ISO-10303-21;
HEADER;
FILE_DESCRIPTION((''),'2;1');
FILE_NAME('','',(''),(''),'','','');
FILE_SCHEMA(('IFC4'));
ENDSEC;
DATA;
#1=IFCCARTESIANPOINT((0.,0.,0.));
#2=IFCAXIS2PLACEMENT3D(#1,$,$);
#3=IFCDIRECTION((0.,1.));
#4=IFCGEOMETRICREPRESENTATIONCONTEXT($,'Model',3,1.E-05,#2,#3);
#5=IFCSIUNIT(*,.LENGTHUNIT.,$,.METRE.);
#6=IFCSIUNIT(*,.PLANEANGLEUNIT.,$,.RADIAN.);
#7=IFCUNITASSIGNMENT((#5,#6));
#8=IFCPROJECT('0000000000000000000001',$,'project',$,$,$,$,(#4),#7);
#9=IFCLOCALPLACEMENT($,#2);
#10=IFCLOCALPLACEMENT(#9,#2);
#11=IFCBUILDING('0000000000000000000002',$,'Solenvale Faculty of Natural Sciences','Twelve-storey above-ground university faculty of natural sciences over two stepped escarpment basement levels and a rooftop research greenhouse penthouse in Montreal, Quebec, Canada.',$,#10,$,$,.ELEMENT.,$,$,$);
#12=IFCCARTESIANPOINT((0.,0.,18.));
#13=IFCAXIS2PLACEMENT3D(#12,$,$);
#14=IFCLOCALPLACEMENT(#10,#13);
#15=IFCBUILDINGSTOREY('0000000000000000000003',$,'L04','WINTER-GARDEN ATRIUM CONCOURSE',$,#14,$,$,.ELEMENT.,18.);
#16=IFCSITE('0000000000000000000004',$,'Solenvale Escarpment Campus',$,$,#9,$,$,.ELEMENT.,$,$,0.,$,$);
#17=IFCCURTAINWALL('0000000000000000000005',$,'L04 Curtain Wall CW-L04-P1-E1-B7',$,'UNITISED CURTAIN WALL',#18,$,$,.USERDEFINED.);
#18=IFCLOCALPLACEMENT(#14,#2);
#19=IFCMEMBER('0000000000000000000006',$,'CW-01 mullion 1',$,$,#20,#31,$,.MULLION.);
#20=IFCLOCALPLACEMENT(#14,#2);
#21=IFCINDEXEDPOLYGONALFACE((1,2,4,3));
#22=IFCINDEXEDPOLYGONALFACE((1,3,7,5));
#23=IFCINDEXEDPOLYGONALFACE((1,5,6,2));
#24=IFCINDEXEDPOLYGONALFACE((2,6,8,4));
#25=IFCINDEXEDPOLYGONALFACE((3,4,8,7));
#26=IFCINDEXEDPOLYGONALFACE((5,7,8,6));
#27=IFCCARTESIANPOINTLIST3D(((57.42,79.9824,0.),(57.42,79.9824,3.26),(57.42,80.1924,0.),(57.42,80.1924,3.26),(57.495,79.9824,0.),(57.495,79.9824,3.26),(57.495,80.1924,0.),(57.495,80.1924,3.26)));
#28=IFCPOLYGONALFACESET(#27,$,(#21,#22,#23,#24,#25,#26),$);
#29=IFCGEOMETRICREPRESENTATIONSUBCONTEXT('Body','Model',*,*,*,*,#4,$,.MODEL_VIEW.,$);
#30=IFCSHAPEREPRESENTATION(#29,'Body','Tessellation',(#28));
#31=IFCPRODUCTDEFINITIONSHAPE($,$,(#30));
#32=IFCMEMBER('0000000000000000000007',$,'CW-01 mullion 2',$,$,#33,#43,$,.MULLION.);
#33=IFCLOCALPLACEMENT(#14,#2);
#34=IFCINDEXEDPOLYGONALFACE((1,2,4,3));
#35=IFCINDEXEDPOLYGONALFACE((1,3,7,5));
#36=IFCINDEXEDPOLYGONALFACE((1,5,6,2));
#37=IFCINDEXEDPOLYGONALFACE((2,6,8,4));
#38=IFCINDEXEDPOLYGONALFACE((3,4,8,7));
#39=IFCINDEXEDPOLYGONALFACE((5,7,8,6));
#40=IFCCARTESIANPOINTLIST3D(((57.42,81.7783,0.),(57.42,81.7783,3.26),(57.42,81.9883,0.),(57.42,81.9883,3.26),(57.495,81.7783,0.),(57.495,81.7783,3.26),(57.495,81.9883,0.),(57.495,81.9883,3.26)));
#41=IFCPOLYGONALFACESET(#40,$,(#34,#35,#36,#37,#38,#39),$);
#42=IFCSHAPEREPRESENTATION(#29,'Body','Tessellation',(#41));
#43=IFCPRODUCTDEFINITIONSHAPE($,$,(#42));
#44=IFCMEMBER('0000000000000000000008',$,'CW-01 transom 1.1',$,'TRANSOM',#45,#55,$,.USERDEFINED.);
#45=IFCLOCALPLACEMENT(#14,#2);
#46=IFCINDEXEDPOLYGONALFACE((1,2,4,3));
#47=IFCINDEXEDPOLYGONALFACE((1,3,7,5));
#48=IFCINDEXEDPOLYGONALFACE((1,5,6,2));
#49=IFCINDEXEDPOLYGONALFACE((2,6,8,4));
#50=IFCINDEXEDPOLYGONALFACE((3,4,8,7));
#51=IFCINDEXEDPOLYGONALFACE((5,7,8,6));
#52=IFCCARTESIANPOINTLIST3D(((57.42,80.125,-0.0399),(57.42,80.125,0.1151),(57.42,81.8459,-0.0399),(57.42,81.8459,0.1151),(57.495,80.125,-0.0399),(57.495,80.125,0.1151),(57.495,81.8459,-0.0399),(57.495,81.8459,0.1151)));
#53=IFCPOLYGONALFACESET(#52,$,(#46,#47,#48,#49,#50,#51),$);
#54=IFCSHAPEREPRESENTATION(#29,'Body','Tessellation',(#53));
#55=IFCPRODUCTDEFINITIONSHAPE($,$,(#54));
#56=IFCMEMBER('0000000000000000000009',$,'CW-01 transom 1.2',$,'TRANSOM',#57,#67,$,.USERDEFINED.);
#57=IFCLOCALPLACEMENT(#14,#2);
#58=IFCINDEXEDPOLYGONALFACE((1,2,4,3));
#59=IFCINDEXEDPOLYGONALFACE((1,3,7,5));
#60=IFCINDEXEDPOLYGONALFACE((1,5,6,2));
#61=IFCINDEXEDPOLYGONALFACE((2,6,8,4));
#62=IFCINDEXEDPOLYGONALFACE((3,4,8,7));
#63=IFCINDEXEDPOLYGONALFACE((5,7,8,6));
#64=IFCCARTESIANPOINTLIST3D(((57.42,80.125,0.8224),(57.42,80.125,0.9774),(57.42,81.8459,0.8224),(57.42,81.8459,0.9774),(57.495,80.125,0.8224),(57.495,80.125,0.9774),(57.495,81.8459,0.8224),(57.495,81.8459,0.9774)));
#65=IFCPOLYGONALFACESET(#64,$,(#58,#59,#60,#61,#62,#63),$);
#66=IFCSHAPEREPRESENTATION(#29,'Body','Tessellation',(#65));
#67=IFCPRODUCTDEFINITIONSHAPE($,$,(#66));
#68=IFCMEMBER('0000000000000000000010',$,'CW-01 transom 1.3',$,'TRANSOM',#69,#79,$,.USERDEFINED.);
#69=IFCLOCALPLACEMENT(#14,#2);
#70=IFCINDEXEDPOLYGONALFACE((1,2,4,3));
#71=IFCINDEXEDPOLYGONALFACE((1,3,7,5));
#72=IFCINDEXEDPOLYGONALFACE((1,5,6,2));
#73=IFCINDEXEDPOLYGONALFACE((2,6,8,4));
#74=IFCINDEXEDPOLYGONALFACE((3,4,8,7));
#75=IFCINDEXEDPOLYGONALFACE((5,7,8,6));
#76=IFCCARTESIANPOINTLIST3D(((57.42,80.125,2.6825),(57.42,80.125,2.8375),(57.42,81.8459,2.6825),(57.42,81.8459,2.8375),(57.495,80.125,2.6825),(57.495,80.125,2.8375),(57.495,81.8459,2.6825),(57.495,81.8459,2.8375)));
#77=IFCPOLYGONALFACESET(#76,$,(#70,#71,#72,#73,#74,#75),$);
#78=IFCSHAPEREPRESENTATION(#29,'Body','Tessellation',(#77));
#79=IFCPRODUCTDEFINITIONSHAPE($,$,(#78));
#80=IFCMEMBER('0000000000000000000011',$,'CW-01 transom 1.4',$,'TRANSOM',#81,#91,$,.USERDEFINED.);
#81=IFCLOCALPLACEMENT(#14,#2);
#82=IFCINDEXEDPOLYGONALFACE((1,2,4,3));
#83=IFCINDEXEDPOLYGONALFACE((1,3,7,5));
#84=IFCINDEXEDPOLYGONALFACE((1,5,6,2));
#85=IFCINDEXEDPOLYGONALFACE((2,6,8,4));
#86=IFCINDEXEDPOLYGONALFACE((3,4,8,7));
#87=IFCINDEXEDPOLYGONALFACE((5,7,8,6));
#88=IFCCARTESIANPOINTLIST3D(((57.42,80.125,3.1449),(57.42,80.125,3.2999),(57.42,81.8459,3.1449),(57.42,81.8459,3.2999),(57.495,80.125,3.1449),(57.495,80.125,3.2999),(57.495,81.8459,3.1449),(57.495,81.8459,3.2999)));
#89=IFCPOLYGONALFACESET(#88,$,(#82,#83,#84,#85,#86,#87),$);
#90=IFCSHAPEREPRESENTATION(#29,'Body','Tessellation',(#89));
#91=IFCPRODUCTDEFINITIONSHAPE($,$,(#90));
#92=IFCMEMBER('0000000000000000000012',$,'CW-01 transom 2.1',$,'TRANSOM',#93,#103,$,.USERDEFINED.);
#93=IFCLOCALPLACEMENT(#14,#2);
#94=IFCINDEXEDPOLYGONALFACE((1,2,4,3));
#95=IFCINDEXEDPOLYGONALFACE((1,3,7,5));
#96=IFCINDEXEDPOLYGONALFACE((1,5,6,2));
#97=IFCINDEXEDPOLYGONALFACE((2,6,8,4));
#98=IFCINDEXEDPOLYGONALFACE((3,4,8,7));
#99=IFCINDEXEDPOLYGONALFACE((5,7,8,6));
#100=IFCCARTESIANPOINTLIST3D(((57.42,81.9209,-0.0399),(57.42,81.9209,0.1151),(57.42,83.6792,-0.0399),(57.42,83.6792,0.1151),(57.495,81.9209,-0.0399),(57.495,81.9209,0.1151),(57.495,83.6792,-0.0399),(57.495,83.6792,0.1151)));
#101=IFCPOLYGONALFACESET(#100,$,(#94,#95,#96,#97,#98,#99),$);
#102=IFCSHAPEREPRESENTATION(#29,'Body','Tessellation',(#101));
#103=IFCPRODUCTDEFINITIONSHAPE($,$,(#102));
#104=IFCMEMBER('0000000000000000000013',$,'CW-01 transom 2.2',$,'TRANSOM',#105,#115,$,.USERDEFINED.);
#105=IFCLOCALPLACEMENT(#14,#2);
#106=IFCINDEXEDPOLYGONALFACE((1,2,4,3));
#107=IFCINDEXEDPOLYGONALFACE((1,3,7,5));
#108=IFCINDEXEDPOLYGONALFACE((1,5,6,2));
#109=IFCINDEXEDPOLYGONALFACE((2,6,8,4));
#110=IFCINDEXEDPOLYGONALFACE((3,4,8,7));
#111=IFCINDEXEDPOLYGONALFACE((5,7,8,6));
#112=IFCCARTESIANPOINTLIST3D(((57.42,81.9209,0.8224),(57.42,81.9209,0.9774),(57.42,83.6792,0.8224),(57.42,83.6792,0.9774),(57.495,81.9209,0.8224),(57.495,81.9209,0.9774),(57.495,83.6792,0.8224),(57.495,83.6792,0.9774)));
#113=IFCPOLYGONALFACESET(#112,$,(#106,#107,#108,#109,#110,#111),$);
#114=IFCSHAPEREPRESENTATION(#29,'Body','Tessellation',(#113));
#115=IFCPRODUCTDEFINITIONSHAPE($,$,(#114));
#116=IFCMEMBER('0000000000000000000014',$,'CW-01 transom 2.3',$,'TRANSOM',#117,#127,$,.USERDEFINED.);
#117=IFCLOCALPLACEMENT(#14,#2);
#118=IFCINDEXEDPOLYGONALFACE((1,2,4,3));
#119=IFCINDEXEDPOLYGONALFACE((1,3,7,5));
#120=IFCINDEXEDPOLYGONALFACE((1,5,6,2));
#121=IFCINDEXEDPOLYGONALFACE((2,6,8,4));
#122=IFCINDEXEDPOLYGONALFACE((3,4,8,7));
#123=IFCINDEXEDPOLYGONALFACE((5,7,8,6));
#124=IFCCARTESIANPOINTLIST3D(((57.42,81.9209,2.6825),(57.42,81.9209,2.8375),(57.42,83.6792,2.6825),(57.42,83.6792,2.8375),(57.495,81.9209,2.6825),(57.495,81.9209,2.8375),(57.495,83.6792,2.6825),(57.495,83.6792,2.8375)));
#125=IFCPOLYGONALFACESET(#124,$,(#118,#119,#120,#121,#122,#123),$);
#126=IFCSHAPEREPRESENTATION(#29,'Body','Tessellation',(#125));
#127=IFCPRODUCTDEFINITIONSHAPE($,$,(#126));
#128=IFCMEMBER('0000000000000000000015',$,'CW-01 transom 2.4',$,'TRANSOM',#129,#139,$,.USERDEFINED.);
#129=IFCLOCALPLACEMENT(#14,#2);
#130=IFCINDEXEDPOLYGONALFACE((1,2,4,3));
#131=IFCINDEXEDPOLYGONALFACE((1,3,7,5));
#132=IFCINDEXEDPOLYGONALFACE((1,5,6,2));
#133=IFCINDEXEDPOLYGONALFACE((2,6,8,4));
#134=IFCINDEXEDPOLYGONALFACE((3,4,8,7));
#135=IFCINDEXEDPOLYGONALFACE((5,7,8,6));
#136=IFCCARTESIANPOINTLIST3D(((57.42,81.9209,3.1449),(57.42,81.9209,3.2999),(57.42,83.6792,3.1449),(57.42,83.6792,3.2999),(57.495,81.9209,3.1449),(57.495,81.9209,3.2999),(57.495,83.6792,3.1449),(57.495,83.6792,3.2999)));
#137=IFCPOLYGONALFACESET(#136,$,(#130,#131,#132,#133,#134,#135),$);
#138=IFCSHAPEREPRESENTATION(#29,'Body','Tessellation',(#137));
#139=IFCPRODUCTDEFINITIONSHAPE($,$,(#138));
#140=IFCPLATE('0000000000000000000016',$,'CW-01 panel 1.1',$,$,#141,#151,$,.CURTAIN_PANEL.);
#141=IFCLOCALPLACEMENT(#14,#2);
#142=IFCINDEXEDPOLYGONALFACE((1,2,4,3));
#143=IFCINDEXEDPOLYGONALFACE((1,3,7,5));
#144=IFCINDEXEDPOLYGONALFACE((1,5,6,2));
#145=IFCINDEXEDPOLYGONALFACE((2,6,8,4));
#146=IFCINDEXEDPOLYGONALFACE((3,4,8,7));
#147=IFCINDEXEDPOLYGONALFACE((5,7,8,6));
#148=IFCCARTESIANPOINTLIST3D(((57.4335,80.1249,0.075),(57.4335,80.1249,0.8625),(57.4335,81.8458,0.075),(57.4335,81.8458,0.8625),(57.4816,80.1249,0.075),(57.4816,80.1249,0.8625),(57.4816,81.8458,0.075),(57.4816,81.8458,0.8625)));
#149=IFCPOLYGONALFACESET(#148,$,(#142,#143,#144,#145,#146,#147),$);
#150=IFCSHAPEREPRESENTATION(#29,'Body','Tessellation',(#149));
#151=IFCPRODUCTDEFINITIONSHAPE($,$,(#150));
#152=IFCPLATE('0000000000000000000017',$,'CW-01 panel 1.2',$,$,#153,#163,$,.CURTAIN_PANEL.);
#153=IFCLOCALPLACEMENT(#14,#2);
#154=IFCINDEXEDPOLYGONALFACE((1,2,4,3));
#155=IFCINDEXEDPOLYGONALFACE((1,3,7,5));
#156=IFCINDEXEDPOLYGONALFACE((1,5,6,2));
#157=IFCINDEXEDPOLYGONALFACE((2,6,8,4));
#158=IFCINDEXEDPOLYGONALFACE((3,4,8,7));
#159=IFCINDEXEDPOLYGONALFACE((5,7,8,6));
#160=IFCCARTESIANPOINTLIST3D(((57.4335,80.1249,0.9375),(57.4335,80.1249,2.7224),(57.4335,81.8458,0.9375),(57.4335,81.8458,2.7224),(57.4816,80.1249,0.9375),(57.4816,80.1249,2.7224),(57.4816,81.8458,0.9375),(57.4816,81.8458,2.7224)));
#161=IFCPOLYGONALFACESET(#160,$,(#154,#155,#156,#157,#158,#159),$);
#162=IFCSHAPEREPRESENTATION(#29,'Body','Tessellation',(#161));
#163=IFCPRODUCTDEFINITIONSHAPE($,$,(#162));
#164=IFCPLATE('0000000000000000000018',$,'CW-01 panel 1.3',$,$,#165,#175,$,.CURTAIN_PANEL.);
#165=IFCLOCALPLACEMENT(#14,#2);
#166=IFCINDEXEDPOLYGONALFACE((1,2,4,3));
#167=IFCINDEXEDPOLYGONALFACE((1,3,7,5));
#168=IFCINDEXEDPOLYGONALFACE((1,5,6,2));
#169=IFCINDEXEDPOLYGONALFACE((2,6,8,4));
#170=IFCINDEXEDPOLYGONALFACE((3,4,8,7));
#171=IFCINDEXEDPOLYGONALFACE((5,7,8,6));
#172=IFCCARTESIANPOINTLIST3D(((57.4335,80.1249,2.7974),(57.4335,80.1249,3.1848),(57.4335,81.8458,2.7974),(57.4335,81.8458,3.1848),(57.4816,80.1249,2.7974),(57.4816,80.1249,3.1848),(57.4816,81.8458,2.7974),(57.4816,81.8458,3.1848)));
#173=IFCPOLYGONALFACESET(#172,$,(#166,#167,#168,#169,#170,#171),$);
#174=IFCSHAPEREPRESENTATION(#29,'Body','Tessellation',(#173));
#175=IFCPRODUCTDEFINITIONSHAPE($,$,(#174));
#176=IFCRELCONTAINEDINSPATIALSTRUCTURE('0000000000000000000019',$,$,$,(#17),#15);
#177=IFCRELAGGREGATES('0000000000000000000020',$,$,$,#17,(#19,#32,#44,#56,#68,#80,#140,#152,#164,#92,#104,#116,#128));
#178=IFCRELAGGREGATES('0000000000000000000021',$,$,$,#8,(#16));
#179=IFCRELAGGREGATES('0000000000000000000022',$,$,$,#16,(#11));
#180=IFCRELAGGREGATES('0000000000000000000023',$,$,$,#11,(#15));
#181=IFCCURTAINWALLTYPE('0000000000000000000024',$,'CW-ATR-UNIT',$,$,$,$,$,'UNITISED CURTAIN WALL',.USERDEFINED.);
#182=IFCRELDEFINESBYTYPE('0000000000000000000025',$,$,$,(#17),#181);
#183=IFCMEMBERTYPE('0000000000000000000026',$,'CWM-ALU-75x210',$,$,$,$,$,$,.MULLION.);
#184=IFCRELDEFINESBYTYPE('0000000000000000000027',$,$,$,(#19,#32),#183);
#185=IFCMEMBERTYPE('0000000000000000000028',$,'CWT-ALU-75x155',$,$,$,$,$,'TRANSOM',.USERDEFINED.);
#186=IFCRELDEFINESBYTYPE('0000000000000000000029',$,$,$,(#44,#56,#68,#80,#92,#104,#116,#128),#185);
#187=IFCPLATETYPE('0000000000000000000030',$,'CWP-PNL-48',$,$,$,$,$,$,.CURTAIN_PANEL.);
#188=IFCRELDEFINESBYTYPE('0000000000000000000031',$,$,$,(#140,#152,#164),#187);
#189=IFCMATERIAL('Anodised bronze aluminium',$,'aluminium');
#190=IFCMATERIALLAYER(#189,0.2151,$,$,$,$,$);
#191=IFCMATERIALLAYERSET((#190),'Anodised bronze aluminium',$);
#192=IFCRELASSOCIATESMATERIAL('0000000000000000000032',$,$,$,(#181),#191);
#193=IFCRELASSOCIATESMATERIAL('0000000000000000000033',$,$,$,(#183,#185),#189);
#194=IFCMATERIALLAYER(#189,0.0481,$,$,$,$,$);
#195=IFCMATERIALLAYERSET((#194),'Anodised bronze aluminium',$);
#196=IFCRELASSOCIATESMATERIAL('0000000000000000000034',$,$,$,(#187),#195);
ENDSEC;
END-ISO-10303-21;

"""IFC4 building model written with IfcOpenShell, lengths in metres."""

from ifc_helpers import new_model, si_unit, direction, frame, origin, origin_2d, place, context, subcontext, project, spatial, rectangle, extrude, material, layer, layer_set, material_profile, profile_set, type_object, element, aggregate, save


model = new_model("IFC4")

# Units and contexts
model_context = context("Model", 3, precision=1e-05, world=origin(), true_north=direction((0.0, 1.0)))
body_context = subcontext(model_context, "Body", "Model", "MODEL_VIEW")
ifc_project = project(units=[si_unit("LENGTHUNIT", "METRE"), si_unit("PLANEANGLEUNIT", "RADIAN")], contexts=[model_context])

# Site, building, storey
site_placement = place(None, origin())
site = spatial("IfcSite", under=ifc_project, at=site_placement, Name="Solenvale Escarpment Campus", CompositionType="ELEMENT", RefElevation=0.0)
building_placement = place(site_placement, origin())
building = spatial("IfcBuilding", under=site, at=building_placement, Name="Solenvale Faculty of Natural Sciences", Description="Twelve-storey above-ground university faculty of natural sciences over two stepped escarpment basement levels and a rooftop research greenhouse penthouse in Montreal, Quebec, Canada.", CompositionType="ELEMENT")
storey_placement = place(building_placement, frame((0.0, 0.0, 18.0)))
storey = spatial("IfcBuildingStorey", under=building, at=storey_placement, Name="L04", Description="WINTER-GARDEN ATRIUM CONCOURSE", CompositionType="ELEMENT", Elevation=18.0)

# Curtain wall, members, plates
ifc_material_1 = material(Name="Anodised bronze aluminium", Category="aluminium")
ifc_layer_1 = layer(ifc_material_1, 0.2151)
ifc_layer_set_1 = layer_set([ifc_layer_1], Name="Anodised bronze aluminium")
curtain_wall_type = type_object("IfcCurtainWallType", Name="CW-ATR-UNIT", ElementType="UNITISED CURTAIN WALL", PredefinedType="USERDEFINED", material=ifc_layer_set_1)
curtain_wall_placement = place(storey_placement, origin())
curtain_wall = element("IfcCurtainWall", 1, at=curtain_wall_placement, inside=storey, type_object=curtain_wall_type, Name="L04 Curtain Wall CW-L04-P1-E1-B7", ObjectType="UNITISED CURTAIN WALL", PredefinedType="USERDEFINED")
ifc_material_profile_1 = material_profile(ifc_material_1, rectangle(XDim=0.075, YDim=0.21, at=origin_2d()), Name="ALU-MUL-75x210")
ifc_profile_set_1 = profile_set([ifc_material_profile_1], Name="Anodised bronze aluminium")
member_type_1 = type_object("IfcMemberType", Name="CWM-ALU-75x210", PredefinedType="MULLION", material=ifc_profile_set_1)
member_1_placement = place(storey_placement, frame((57.4575, 80.0874, 0.0), z_axis=(0.0, 0.0, 1.0), x_axis=(-1.0, 0.0, 0.0)))
member_1 = element("IfcMember", 2, at=member_1_placement, type_object=member_type_1, Name="CW-01 mullion 1", PredefinedType="MULLION", context=body_context, shape_type="SweptSolid", body=[
    extrude(rectangle(XDim=0.075, YDim=0.21, at=origin_2d()), origin(), (0.0, 0.0, 1.0), 3.26),
])
member_2_placement = place(storey_placement, frame((57.4575, 81.8833, 0.0), z_axis=(0.0, 0.0, 1.0), x_axis=(-1.0, 0.0, 0.0)))
member_2 = element("IfcMember", 3, at=member_2_placement, type_object=member_type_1, Name="CW-01 mullion 2", PredefinedType="MULLION", context=body_context, shape_type="SweptSolid", body=[
    extrude(rectangle(XDim=0.075, YDim=0.21, at=origin_2d()), origin(), (0.0, 0.0, 1.0), 3.26),
])
ifc_material_profile_2 = material_profile(ifc_material_1, rectangle(XDim=0.075, YDim=0.155, at=origin_2d()), Name="ALU-TRN-75x155")
ifc_profile_set_2 = profile_set([ifc_material_profile_2], Name="Anodised bronze aluminium")
member_type_2 = type_object("IfcMemberType", Name="CWT-ALU-75x155", ElementType="TRANSOM", PredefinedType="USERDEFINED", material=ifc_profile_set_2)
member_3_placement = place(storey_placement, frame((57.4575, 80.125, 0.0376), z_axis=(0.0, 1.0, 0.0), x_axis=(-1.0, 0.0, 0.0)))
member_3 = element("IfcMember", 4, at=member_3_placement, type_object=member_type_2, Name="CW-01 transom 1.1", ObjectType="TRANSOM", PredefinedType="USERDEFINED", context=body_context, shape_type="SweptSolid", body=[
    extrude(rectangle(XDim=0.075, YDim=0.155, at=origin_2d()), origin(), (0.0, 0.0, 1.0), 1.7209),
])
member_4_placement = place(storey_placement, frame((57.4575, 80.125, 0.8999), z_axis=(0.0, 1.0, 0.0), x_axis=(-1.0, 0.0, 0.0)))
member_4 = element("IfcMember", 5, at=member_4_placement, type_object=member_type_2, Name="CW-01 transom 1.2", ObjectType="TRANSOM", PredefinedType="USERDEFINED", context=body_context, shape_type="SweptSolid", body=[
    extrude(rectangle(XDim=0.075, YDim=0.155, at=origin_2d()), origin(), (0.0, 0.0, 1.0), 1.7209),
])
member_5_placement = place(storey_placement, frame((57.4575, 80.125, 2.76), z_axis=(0.0, 1.0, 0.0), x_axis=(-1.0, 0.0, 0.0)))
member_5 = element("IfcMember", 6, at=member_5_placement, type_object=member_type_2, Name="CW-01 transom 1.3", ObjectType="TRANSOM", PredefinedType="USERDEFINED", context=body_context, shape_type="SweptSolid", body=[
    extrude(rectangle(XDim=0.075, YDim=0.155, at=origin_2d()), origin(), (0.0, 0.0, 1.0), 1.7209),
])
member_6_placement = place(storey_placement, frame((57.4575, 80.125, 3.2224), z_axis=(0.0, 1.0, 0.0), x_axis=(-1.0, 0.0, 0.0)))
member_6 = element("IfcMember", 7, at=member_6_placement, type_object=member_type_2, Name="CW-01 transom 1.4", ObjectType="TRANSOM", PredefinedType="USERDEFINED", context=body_context, shape_type="SweptSolid", body=[
    extrude(rectangle(XDim=0.075, YDim=0.155, at=origin_2d()), origin(), (0.0, 0.0, 1.0), 1.7209),
])
member_7_placement = place(storey_placement, frame((57.4575, 81.9209, 0.0376), z_axis=(0.0, 1.0, 0.0), x_axis=(-1.0, 0.0, 0.0)))
member_7 = element("IfcMember", 8, at=member_7_placement, type_object=member_type_2, Name="CW-01 transom 2.1", ObjectType="TRANSOM", PredefinedType="USERDEFINED", context=body_context, shape_type="SweptSolid", body=[
    extrude(rectangle(XDim=0.075, YDim=0.155, at=origin_2d()), origin(), (0.0, 0.0, 1.0), 1.7583),
])
member_8_placement = place(storey_placement, frame((57.4575, 81.9209, 0.8999), z_axis=(0.0, 1.0, 0.0), x_axis=(-1.0, 0.0, 0.0)))
member_8 = element("IfcMember", 9, at=member_8_placement, type_object=member_type_2, Name="CW-01 transom 2.2", ObjectType="TRANSOM", PredefinedType="USERDEFINED", context=body_context, shape_type="SweptSolid", body=[
    extrude(rectangle(XDim=0.075, YDim=0.155, at=origin_2d()), origin(), (0.0, 0.0, 1.0), 1.7583),
])
member_9_placement = place(storey_placement, frame((57.4575, 81.9209, 2.76), z_axis=(0.0, 1.0, 0.0), x_axis=(-1.0, 0.0, 0.0)))
member_9 = element("IfcMember", 10, at=member_9_placement, type_object=member_type_2, Name="CW-01 transom 2.3", ObjectType="TRANSOM", PredefinedType="USERDEFINED", context=body_context, shape_type="SweptSolid", body=[
    extrude(rectangle(XDim=0.075, YDim=0.155, at=origin_2d()), origin(), (0.0, 0.0, 1.0), 1.7583),
])
member_10_placement = place(storey_placement, frame((57.4575, 81.9209, 3.2224), z_axis=(0.0, 1.0, 0.0), x_axis=(-1.0, 0.0, 0.0)))
member_10 = element("IfcMember", 11, at=member_10_placement, type_object=member_type_2, Name="CW-01 transom 2.4", ObjectType="TRANSOM", PredefinedType="USERDEFINED", context=body_context, shape_type="SweptSolid", body=[
    extrude(rectangle(XDim=0.075, YDim=0.155, at=origin_2d()), origin(), (0.0, 0.0, 1.0), 1.7583),
])
ifc_layer_2 = layer(ifc_material_1, 0.0481)
ifc_layer_set_2 = layer_set([ifc_layer_2], Name="Anodised bronze aluminium")
plate_type = type_object("IfcPlateType", Name="CWP-PNL-48", PredefinedType="CURTAIN_PANEL", material=ifc_layer_set_2)
plate_1_placement = place(storey_placement, frame((57.4575, 80.9854, 0.075), z_axis=(0.0, 0.0, 1.0), x_axis=(0.0, 1.0, 0.0)))
plate_1 = element("IfcPlate", 12, at=plate_1_placement, type_object=plate_type, Name="CW-01 panel 1.1", PredefinedType="CURTAIN_PANEL", context=body_context, shape_type="SweptSolid", body=[
    extrude(rectangle(XDim=1.7209, YDim=0.0481, at=origin_2d()), origin(), (0.0, 0.0, 1.0), 0.7876),
])
plate_2_placement = place(storey_placement, frame((57.4575, 80.9854, 0.9375), z_axis=(0.0, 0.0, 1.0), x_axis=(0.0, 1.0, 0.0)))
plate_2 = element("IfcPlate", 13, at=plate_2_placement, type_object=plate_type, Name="CW-01 panel 1.2", PredefinedType="CURTAIN_PANEL", context=body_context, shape_type="SweptSolid", body=[
    extrude(rectangle(XDim=1.7209, YDim=0.0481, at=origin_2d()), origin(), (0.0, 0.0, 1.0), 1.7849),
])
plate_3_placement = place(storey_placement, frame((57.4575, 80.9854, 2.7974), z_axis=(0.0, 0.0, 1.0), x_axis=(0.0, 1.0, 0.0)))
plate_3 = element("IfcPlate", 14, at=plate_3_placement, type_object=plate_type, Name="CW-01 panel 1.3", PredefinedType="CURTAIN_PANEL", context=body_context, shape_type="SweptSolid", body=[
    extrude(rectangle(XDim=1.7209, YDim=0.0481, at=origin_2d()), origin(), (0.0, 0.0, 1.0), 0.3875),
])
aggregate(curtain_wall, [member_1, member_2, member_3, member_4, member_5, member_6, plate_1, plate_2, plate_3, member_7, member_8, member_9, member_10])

save(model, "model.ifc")
